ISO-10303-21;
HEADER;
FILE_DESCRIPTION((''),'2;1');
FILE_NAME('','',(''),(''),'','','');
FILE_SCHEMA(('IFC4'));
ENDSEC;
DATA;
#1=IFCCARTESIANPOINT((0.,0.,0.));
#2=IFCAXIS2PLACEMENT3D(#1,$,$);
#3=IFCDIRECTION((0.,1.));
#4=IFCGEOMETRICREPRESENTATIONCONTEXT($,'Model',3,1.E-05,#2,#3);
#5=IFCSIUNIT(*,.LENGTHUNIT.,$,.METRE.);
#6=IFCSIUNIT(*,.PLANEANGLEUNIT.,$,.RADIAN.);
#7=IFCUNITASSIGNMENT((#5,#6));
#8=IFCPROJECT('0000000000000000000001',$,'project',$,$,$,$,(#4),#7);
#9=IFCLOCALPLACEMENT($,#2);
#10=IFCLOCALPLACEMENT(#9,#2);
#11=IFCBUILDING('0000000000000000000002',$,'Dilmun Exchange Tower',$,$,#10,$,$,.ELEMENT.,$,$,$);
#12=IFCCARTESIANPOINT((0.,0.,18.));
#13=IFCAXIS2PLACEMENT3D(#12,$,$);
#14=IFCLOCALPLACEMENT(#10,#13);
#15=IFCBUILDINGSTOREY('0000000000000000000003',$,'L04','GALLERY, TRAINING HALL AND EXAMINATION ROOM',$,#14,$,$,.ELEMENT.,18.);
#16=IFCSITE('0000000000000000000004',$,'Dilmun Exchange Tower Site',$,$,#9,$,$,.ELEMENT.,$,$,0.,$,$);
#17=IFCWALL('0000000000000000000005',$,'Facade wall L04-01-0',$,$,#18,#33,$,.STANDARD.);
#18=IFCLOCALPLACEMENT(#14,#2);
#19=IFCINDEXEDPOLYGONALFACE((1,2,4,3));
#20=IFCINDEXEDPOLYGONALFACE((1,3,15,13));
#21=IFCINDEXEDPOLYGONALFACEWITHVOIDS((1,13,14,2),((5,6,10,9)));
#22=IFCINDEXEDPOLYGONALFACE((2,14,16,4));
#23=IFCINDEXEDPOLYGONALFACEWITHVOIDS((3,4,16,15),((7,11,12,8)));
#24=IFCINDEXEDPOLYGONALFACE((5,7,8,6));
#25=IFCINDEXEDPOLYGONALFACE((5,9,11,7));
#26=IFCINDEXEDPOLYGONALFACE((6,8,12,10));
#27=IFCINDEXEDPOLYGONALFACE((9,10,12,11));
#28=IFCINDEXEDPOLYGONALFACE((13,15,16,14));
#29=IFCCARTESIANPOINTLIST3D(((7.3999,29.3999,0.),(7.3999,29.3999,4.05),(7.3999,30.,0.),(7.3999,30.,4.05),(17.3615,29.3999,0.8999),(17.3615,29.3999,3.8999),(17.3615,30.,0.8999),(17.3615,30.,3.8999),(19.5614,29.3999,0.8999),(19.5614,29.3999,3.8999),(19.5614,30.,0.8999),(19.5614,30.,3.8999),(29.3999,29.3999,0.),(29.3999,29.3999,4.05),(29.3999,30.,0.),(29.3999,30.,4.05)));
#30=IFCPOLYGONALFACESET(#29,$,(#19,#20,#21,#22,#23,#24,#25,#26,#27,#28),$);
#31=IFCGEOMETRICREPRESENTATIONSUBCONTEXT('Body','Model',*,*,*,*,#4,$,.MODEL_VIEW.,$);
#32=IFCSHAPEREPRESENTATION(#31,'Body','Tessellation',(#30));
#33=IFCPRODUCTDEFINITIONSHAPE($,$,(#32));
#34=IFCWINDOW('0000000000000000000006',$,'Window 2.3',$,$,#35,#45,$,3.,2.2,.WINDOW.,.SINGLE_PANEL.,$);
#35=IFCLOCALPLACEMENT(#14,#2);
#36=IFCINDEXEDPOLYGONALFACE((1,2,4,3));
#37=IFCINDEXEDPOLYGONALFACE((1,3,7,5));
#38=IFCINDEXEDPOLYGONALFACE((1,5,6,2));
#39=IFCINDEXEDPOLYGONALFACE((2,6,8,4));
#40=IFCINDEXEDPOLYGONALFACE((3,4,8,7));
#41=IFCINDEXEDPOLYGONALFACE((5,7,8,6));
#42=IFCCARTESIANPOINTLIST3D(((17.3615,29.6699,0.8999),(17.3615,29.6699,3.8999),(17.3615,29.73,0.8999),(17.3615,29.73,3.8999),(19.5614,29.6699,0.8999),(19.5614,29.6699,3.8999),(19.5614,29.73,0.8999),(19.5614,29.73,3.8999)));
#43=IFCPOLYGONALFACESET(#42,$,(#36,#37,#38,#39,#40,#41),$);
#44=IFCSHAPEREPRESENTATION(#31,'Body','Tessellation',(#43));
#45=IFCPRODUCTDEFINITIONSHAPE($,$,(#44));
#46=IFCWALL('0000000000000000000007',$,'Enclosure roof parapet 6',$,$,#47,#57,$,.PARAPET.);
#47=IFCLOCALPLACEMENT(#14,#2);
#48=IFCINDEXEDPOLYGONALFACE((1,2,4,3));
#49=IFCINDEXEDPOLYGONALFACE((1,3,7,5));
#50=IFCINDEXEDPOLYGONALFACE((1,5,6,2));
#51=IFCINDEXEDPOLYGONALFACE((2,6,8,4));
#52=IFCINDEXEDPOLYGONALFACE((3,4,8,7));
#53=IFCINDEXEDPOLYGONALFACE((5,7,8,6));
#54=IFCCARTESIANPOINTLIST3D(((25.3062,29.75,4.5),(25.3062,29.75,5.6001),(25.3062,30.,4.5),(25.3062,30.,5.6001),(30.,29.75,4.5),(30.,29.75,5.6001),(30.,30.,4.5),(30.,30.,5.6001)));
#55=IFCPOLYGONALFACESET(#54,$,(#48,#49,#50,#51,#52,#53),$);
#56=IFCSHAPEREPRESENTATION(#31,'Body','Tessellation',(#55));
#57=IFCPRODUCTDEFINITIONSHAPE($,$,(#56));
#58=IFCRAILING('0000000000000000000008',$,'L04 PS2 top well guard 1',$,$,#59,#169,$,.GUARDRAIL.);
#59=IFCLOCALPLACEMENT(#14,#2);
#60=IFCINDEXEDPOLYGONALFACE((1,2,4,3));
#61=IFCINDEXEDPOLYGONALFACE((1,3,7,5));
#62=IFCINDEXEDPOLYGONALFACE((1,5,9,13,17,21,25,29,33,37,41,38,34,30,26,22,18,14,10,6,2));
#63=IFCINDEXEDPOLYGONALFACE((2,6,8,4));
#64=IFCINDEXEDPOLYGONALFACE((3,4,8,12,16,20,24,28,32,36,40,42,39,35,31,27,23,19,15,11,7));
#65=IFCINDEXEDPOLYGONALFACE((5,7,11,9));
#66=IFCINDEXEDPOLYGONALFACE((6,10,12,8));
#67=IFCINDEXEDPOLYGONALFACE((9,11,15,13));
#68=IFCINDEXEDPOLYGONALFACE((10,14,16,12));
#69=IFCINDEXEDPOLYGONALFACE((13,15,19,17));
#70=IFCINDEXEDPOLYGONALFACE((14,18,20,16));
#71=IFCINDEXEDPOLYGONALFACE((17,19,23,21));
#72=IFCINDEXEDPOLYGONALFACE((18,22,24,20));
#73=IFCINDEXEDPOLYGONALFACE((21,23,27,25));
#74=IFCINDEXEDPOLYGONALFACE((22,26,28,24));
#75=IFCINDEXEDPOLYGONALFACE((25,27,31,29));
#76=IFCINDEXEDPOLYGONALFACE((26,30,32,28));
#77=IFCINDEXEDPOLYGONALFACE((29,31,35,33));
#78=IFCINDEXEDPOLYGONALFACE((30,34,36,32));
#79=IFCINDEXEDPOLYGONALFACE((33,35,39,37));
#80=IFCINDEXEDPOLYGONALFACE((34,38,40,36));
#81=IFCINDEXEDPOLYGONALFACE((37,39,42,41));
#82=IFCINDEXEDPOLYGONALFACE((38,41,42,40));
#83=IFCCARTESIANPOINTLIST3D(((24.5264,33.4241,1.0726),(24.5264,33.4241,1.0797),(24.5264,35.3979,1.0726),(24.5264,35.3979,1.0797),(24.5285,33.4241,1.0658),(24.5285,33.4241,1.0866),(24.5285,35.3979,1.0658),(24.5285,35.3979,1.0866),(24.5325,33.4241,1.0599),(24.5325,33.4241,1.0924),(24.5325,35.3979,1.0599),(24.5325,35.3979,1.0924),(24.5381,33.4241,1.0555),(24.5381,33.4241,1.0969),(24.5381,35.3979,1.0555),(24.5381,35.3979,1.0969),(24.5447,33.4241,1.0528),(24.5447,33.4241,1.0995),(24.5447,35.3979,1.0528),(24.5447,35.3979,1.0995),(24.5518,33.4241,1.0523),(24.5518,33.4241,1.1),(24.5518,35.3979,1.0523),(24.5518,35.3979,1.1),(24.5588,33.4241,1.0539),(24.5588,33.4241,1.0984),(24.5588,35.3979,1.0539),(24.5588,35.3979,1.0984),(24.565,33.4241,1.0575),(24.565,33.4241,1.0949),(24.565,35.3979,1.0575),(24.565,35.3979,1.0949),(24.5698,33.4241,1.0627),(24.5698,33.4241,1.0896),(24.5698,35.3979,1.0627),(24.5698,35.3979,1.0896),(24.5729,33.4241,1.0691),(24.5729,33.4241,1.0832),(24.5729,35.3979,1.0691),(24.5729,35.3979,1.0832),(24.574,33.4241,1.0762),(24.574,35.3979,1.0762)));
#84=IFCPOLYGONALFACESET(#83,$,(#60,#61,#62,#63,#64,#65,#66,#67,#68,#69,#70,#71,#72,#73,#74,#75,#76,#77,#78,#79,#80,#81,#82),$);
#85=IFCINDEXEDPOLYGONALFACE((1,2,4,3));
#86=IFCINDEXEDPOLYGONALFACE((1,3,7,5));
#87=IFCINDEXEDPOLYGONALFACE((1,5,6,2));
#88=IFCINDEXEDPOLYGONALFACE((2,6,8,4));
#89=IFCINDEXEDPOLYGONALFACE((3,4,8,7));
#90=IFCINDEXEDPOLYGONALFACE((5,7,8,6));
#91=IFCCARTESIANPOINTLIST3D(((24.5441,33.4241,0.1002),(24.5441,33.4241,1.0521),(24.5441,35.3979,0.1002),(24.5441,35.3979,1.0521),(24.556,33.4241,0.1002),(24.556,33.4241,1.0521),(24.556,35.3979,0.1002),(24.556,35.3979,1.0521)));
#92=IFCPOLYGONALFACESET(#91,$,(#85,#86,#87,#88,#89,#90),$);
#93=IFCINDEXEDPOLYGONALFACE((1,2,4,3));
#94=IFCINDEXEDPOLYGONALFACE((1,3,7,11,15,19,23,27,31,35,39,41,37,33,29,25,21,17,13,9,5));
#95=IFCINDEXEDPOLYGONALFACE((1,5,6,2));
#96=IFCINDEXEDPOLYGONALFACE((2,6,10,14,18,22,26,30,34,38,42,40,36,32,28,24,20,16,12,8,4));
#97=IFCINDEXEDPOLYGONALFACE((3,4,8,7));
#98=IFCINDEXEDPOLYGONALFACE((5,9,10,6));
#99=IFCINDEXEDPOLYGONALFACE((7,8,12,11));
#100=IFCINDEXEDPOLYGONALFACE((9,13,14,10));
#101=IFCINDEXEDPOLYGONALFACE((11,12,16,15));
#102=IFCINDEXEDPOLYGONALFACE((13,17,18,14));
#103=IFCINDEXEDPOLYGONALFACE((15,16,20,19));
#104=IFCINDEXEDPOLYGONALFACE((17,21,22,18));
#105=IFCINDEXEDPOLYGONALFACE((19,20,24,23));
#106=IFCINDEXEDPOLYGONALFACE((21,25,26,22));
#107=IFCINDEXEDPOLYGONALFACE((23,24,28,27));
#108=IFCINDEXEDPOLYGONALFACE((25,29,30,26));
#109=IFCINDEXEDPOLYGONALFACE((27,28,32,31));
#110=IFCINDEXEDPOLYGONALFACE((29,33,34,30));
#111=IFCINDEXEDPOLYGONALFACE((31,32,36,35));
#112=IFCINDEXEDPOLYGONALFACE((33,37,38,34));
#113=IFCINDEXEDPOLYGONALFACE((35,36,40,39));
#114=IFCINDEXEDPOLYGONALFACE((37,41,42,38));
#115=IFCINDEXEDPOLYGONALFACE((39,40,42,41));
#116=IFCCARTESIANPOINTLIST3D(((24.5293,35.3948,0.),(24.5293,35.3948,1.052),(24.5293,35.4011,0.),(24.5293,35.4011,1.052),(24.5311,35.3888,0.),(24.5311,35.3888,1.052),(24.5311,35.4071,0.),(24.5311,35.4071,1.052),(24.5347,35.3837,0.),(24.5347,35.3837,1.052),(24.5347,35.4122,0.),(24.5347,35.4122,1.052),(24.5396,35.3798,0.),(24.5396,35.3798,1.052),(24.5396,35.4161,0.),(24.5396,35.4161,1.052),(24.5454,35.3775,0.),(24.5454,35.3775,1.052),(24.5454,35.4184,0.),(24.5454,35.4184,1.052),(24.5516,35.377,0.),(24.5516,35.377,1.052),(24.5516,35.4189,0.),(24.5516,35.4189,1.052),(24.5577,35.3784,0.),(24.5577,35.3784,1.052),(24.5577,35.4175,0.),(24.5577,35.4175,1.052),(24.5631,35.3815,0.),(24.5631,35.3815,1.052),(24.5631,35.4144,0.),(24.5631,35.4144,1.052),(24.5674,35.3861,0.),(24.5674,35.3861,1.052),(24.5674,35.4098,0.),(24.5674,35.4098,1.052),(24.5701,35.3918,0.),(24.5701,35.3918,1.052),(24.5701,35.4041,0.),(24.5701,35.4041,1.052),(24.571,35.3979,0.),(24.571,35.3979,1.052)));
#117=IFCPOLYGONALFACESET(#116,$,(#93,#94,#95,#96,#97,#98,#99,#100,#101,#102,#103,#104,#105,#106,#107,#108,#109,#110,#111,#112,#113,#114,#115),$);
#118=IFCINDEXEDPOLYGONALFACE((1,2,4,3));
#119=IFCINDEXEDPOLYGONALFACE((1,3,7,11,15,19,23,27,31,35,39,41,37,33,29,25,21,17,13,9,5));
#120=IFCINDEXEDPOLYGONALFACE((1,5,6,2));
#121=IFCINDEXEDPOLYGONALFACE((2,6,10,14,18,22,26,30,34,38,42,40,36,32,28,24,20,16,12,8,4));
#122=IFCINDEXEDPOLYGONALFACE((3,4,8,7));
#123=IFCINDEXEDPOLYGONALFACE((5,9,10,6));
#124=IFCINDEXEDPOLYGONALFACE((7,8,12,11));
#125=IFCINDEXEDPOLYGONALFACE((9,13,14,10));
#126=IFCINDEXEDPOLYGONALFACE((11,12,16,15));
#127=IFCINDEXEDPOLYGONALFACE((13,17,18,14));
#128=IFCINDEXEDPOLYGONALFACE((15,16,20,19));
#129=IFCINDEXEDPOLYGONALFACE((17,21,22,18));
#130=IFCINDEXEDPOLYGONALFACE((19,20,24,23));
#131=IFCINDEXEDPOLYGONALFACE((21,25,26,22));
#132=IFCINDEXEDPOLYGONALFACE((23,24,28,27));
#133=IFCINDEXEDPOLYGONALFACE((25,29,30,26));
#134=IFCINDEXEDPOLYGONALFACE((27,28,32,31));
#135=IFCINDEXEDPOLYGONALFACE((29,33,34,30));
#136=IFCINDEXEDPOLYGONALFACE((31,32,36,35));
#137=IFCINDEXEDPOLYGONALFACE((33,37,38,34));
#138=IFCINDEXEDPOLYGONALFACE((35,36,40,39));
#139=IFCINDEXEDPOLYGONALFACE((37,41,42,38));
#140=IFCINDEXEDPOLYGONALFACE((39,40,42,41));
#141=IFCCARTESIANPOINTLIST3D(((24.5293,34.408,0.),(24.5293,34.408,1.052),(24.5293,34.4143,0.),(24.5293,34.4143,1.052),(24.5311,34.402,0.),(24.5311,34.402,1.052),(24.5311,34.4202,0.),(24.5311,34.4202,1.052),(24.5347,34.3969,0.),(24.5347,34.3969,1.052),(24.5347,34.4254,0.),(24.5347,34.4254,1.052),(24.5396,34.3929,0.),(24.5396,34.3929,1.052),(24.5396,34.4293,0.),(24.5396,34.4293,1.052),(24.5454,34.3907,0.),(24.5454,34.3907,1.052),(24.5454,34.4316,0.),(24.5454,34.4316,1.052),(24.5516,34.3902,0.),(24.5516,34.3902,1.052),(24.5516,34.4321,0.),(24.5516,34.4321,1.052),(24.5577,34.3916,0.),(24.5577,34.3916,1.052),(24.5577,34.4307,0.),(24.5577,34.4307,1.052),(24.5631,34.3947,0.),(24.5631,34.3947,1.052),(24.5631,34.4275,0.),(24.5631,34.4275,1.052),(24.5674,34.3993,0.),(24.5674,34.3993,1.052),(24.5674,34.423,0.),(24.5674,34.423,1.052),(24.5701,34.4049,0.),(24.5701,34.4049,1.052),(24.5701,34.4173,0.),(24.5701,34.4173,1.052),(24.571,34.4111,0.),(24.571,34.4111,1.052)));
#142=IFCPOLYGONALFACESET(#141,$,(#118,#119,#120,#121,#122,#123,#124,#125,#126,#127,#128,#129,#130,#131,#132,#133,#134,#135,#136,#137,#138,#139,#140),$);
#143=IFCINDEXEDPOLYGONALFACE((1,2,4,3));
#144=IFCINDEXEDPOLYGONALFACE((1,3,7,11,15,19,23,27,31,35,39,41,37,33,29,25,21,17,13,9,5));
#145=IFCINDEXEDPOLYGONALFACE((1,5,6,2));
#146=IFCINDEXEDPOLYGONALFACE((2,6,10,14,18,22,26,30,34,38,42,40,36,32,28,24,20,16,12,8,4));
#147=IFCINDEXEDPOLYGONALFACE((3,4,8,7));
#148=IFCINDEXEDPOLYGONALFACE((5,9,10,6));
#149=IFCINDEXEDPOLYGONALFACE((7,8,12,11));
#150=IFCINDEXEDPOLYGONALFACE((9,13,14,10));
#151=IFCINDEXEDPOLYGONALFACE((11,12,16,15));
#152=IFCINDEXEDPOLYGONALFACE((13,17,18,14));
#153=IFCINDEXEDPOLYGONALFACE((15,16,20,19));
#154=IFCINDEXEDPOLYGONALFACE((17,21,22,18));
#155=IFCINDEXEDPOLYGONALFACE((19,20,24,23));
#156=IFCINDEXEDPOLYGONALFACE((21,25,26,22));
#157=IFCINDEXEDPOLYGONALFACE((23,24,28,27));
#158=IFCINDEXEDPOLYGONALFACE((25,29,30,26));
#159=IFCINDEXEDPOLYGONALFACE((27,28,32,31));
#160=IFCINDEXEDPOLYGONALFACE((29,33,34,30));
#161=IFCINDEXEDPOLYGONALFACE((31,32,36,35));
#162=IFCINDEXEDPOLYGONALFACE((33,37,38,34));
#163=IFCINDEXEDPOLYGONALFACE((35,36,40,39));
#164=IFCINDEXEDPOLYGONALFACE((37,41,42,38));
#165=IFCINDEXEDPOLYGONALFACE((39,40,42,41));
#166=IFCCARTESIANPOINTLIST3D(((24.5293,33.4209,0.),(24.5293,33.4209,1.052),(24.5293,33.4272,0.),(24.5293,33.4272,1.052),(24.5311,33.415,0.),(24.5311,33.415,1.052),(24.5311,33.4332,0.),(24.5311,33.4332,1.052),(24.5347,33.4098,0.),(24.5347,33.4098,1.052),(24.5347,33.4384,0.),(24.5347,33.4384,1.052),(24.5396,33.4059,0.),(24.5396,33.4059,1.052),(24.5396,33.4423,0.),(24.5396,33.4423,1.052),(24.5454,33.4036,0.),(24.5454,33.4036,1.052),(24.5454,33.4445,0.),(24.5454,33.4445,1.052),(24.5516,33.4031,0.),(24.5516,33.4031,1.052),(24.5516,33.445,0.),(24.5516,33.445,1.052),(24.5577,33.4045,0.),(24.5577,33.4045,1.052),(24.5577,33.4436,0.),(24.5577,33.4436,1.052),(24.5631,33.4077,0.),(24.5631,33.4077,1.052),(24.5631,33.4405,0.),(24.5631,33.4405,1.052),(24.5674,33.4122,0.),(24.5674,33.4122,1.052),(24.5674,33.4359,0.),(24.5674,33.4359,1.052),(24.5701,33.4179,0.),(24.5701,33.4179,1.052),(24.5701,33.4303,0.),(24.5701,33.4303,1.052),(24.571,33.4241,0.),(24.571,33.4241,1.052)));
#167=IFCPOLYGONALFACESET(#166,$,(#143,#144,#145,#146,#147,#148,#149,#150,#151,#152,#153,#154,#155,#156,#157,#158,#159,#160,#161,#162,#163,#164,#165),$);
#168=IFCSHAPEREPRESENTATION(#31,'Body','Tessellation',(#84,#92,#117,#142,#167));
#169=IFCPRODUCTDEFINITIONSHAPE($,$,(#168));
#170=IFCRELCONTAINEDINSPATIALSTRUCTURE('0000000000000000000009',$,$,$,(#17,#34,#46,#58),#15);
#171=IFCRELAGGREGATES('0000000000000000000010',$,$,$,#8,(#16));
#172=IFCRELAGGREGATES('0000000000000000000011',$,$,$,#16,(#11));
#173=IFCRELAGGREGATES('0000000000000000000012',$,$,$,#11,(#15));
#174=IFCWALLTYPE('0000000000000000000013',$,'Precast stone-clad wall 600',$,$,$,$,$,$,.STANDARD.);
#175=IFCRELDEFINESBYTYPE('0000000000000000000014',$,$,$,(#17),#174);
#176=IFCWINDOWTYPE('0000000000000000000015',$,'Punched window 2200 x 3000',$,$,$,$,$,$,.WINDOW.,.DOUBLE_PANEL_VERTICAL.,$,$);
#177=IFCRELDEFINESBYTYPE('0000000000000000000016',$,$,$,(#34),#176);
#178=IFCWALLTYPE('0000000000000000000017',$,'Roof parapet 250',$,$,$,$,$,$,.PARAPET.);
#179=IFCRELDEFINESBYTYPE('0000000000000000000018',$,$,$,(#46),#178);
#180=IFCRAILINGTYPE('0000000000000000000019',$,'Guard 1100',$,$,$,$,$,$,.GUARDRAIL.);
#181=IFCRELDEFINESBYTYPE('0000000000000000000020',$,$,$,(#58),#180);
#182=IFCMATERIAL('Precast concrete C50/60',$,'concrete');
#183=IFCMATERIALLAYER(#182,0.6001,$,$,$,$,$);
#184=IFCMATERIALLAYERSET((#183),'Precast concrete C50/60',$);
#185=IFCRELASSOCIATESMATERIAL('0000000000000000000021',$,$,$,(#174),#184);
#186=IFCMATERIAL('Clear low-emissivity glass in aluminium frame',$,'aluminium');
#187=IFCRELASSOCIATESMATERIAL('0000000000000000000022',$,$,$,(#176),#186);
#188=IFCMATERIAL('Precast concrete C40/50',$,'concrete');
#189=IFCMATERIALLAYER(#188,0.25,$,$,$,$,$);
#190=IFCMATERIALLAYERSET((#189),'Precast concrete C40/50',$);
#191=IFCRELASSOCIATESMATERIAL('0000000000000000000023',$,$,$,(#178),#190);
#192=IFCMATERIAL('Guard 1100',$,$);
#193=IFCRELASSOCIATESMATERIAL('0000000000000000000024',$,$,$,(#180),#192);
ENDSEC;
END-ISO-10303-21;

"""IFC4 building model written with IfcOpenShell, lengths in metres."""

from ifc_helpers import new_model, si_unit, direction, frame, frame_2d, origin, origin_2d, place, context, subcontext, project, spatial, rectangle, circle, extrude, material, layer, layer_set, type_object, element, fill, save


model = new_model("IFC4")

# Units and contexts
model_context = context("Model", 3, precision=1e-05, world=origin(), true_north=direction((0.0, 1.0)))
body_context = subcontext(model_context, "Body", "Model", "MODEL_VIEW")
ifc_project = project(units=[si_unit("LENGTHUNIT", "METRE"), si_unit("PLANEANGLEUNIT", "RADIAN")], contexts=[model_context])

# Site, building, storey
site_placement = place(None, origin())
site = spatial("IfcSite", under=ifc_project, at=site_placement, Name="Dilmun Exchange Tower Site", CompositionType="ELEMENT", RefElevation=0.0)
building_placement = place(site_placement, origin())
building = spatial("IfcBuilding", under=site, at=building_placement, Name="Dilmun Exchange Tower", CompositionType="ELEMENT")
storey_placement = place(building_placement, frame((0.0, 0.0, 18.0)))
storey = spatial("IfcBuildingStorey", under=building, at=storey_placement, Name="L04", Description="GALLERY, TRAINING HALL AND EXAMINATION ROOM", CompositionType="ELEMENT", Elevation=18.0)

# Wall, opening, window
ifc_material_1 = material(Name="Precast concrete C50/60", Category="concrete")
ifc_layer_1 = layer(ifc_material_1, 0.6001)
ifc_layer_set_1 = layer_set([ifc_layer_1], Name="Precast concrete C50/60")
wall_type_1 = type_object("IfcWallType", Name="Precast stone-clad wall 600", PredefinedType="STANDARD", material=ifc_layer_set_1)
wall_1_placement = place(storey_placement, frame((29.3999, 29.7, 0.0), z_axis=(0.0, 0.0, 1.0), x_axis=(-1.0, 0.0, 0.0)))
wall_1 = element("IfcWall", 1, at=wall_1_placement, inside=storey, type_object=wall_type_1, Name="Facade wall L04-01-0", PredefinedType="STANDARD", context=body_context, shape_type="SweptSolid", body=[
    extrude(rectangle(XDim=22.0, YDim=0.6001, at=frame_2d((11.0, 0.0))), origin(), (0.0, 0.0, 1.0), 4.05),
])
opening_1_placement = place(wall_1_placement, frame((9.8384, 0.0, 0.8999)))
opening_1 = element("IfcOpeningElement", 2, at=opening_1_placement, cuts=wall_1, PredefinedType="OPENING", context=body_context, shape_type="SweptSolid", body=[
    extrude(rectangle(XDim=2.2, YDim=3.0, at=frame_2d((1.1001, 1.5))), frame((0.0, 0.3101, 0.0), z_axis=(0.0, -1.0, 0.0), x_axis=(1.0, 0.0, 0.0)), (0.0, 0.0, 1.0), 0.6201),
])
ifc_material_2 = material(Name="Clear low-emissivity glass in aluminium frame", Category="aluminium")
window_type = type_object("IfcWindowType", Name="Punched window 2200 x 3000", PartitioningType="DOUBLE_PANEL_VERTICAL", PredefinedType="WINDOW", material=ifc_material_2)
window_placement = place(opening_1_placement, origin())
window = element("IfcWindow", 3, at=window_placement, inside=storey, type_object=window_type, Name="Window 2.3", OverallHeight=3.0, OverallWidth=2.2, PartitioningType="SINGLE_PANEL", PredefinedType="WINDOW", context=body_context, shape_type="SweptSolid", body=[
    extrude(rectangle(XDim=2.2, YDim=3.0, at=frame_2d((1.1001, 1.5))), frame((0.0, 0.03, 0.0), z_axis=(0.0, -1.0, 0.0), x_axis=(1.0, 0.0, 0.0)), (0.0, 0.0, 1.0), 0.0601),
])
fill(opening_1, window)

# Wall
ifc_material_3 = material(Name="Precast concrete C40/50", Category="concrete")
ifc_layer_2 = layer(ifc_material_3, 0.25)
ifc_layer_set_2 = layer_set([ifc_layer_2], Name="Precast concrete C40/50")
wall_type_2 = type_object("IfcWallType", Name="Roof parapet 250", PredefinedType="PARAPET", material=ifc_layer_set_2)
wall_2_placement = place(storey_placement, frame((30.0, 29.875, 4.5), z_axis=(0.0, 0.0, 1.0), x_axis=(-1.0, 0.0, 0.0)))
element("IfcWall", 4, at=wall_2_placement, inside=storey, type_object=wall_type_2, Name="Enclosure roof parapet 6", PredefinedType="PARAPET", context=body_context, shape_type="SweptSolid", body=[
    extrude(rectangle(XDim=4.6938, YDim=0.25, at=frame_2d((2.3469, 0.0))), origin(), (0.0, 0.0, 1.0), 1.1001),
])

# Railing
ifc_material_4 = material(Name="Guard 1100")
railing_type_1 = type_object("IfcRailingType", Name="Guard 1100", PredefinedType="GUARDRAIL", material=ifc_material_4)
railing_1_placement = place(storey_placement, frame((24.55, 35.3979, 0.0)))
element("IfcRailing", 5, at=railing_1_placement, inside=storey, type_object=railing_type_1, Name="L04 PS2 top well guard 1", PredefinedType="GUARDRAIL", context=body_context, shape_type="SweptSolid", body=[
    extrude(circle(Radius=0.0239, at=origin_2d()), frame((0.0, 0.0, 1.0762), z_axis=(0.0, -1.0, 0.0), x_axis=(1.0, 0.0, 0.0)), (0.0, 0.0, 1.0), 1.9739),
    extrude(rectangle(XDim=0.012, YDim=0.9519, at=origin_2d()), frame((0.0, 0.0, 0.5762), z_axis=(0.0, -1.0, 0.0), x_axis=(1.0, 0.0, 0.0)), (0.0, 0.0, 1.0), 1.9739),
    extrude(circle(Radius=0.021, at=origin_2d()), origin(), (0.0, 0.0, 1.0), 1.052),
    extrude(circle(Radius=0.021, at=origin_2d()), frame((0.0, -0.9868, 0.0)), (0.0, 0.0, 1.0), 1.052),
    extrude(circle(Radius=0.021, at=origin_2d()), frame((0.0, -1.9739, 0.0)), (0.0, 0.0, 1.0), 1.052),
])

save(model, "model.ifc")
